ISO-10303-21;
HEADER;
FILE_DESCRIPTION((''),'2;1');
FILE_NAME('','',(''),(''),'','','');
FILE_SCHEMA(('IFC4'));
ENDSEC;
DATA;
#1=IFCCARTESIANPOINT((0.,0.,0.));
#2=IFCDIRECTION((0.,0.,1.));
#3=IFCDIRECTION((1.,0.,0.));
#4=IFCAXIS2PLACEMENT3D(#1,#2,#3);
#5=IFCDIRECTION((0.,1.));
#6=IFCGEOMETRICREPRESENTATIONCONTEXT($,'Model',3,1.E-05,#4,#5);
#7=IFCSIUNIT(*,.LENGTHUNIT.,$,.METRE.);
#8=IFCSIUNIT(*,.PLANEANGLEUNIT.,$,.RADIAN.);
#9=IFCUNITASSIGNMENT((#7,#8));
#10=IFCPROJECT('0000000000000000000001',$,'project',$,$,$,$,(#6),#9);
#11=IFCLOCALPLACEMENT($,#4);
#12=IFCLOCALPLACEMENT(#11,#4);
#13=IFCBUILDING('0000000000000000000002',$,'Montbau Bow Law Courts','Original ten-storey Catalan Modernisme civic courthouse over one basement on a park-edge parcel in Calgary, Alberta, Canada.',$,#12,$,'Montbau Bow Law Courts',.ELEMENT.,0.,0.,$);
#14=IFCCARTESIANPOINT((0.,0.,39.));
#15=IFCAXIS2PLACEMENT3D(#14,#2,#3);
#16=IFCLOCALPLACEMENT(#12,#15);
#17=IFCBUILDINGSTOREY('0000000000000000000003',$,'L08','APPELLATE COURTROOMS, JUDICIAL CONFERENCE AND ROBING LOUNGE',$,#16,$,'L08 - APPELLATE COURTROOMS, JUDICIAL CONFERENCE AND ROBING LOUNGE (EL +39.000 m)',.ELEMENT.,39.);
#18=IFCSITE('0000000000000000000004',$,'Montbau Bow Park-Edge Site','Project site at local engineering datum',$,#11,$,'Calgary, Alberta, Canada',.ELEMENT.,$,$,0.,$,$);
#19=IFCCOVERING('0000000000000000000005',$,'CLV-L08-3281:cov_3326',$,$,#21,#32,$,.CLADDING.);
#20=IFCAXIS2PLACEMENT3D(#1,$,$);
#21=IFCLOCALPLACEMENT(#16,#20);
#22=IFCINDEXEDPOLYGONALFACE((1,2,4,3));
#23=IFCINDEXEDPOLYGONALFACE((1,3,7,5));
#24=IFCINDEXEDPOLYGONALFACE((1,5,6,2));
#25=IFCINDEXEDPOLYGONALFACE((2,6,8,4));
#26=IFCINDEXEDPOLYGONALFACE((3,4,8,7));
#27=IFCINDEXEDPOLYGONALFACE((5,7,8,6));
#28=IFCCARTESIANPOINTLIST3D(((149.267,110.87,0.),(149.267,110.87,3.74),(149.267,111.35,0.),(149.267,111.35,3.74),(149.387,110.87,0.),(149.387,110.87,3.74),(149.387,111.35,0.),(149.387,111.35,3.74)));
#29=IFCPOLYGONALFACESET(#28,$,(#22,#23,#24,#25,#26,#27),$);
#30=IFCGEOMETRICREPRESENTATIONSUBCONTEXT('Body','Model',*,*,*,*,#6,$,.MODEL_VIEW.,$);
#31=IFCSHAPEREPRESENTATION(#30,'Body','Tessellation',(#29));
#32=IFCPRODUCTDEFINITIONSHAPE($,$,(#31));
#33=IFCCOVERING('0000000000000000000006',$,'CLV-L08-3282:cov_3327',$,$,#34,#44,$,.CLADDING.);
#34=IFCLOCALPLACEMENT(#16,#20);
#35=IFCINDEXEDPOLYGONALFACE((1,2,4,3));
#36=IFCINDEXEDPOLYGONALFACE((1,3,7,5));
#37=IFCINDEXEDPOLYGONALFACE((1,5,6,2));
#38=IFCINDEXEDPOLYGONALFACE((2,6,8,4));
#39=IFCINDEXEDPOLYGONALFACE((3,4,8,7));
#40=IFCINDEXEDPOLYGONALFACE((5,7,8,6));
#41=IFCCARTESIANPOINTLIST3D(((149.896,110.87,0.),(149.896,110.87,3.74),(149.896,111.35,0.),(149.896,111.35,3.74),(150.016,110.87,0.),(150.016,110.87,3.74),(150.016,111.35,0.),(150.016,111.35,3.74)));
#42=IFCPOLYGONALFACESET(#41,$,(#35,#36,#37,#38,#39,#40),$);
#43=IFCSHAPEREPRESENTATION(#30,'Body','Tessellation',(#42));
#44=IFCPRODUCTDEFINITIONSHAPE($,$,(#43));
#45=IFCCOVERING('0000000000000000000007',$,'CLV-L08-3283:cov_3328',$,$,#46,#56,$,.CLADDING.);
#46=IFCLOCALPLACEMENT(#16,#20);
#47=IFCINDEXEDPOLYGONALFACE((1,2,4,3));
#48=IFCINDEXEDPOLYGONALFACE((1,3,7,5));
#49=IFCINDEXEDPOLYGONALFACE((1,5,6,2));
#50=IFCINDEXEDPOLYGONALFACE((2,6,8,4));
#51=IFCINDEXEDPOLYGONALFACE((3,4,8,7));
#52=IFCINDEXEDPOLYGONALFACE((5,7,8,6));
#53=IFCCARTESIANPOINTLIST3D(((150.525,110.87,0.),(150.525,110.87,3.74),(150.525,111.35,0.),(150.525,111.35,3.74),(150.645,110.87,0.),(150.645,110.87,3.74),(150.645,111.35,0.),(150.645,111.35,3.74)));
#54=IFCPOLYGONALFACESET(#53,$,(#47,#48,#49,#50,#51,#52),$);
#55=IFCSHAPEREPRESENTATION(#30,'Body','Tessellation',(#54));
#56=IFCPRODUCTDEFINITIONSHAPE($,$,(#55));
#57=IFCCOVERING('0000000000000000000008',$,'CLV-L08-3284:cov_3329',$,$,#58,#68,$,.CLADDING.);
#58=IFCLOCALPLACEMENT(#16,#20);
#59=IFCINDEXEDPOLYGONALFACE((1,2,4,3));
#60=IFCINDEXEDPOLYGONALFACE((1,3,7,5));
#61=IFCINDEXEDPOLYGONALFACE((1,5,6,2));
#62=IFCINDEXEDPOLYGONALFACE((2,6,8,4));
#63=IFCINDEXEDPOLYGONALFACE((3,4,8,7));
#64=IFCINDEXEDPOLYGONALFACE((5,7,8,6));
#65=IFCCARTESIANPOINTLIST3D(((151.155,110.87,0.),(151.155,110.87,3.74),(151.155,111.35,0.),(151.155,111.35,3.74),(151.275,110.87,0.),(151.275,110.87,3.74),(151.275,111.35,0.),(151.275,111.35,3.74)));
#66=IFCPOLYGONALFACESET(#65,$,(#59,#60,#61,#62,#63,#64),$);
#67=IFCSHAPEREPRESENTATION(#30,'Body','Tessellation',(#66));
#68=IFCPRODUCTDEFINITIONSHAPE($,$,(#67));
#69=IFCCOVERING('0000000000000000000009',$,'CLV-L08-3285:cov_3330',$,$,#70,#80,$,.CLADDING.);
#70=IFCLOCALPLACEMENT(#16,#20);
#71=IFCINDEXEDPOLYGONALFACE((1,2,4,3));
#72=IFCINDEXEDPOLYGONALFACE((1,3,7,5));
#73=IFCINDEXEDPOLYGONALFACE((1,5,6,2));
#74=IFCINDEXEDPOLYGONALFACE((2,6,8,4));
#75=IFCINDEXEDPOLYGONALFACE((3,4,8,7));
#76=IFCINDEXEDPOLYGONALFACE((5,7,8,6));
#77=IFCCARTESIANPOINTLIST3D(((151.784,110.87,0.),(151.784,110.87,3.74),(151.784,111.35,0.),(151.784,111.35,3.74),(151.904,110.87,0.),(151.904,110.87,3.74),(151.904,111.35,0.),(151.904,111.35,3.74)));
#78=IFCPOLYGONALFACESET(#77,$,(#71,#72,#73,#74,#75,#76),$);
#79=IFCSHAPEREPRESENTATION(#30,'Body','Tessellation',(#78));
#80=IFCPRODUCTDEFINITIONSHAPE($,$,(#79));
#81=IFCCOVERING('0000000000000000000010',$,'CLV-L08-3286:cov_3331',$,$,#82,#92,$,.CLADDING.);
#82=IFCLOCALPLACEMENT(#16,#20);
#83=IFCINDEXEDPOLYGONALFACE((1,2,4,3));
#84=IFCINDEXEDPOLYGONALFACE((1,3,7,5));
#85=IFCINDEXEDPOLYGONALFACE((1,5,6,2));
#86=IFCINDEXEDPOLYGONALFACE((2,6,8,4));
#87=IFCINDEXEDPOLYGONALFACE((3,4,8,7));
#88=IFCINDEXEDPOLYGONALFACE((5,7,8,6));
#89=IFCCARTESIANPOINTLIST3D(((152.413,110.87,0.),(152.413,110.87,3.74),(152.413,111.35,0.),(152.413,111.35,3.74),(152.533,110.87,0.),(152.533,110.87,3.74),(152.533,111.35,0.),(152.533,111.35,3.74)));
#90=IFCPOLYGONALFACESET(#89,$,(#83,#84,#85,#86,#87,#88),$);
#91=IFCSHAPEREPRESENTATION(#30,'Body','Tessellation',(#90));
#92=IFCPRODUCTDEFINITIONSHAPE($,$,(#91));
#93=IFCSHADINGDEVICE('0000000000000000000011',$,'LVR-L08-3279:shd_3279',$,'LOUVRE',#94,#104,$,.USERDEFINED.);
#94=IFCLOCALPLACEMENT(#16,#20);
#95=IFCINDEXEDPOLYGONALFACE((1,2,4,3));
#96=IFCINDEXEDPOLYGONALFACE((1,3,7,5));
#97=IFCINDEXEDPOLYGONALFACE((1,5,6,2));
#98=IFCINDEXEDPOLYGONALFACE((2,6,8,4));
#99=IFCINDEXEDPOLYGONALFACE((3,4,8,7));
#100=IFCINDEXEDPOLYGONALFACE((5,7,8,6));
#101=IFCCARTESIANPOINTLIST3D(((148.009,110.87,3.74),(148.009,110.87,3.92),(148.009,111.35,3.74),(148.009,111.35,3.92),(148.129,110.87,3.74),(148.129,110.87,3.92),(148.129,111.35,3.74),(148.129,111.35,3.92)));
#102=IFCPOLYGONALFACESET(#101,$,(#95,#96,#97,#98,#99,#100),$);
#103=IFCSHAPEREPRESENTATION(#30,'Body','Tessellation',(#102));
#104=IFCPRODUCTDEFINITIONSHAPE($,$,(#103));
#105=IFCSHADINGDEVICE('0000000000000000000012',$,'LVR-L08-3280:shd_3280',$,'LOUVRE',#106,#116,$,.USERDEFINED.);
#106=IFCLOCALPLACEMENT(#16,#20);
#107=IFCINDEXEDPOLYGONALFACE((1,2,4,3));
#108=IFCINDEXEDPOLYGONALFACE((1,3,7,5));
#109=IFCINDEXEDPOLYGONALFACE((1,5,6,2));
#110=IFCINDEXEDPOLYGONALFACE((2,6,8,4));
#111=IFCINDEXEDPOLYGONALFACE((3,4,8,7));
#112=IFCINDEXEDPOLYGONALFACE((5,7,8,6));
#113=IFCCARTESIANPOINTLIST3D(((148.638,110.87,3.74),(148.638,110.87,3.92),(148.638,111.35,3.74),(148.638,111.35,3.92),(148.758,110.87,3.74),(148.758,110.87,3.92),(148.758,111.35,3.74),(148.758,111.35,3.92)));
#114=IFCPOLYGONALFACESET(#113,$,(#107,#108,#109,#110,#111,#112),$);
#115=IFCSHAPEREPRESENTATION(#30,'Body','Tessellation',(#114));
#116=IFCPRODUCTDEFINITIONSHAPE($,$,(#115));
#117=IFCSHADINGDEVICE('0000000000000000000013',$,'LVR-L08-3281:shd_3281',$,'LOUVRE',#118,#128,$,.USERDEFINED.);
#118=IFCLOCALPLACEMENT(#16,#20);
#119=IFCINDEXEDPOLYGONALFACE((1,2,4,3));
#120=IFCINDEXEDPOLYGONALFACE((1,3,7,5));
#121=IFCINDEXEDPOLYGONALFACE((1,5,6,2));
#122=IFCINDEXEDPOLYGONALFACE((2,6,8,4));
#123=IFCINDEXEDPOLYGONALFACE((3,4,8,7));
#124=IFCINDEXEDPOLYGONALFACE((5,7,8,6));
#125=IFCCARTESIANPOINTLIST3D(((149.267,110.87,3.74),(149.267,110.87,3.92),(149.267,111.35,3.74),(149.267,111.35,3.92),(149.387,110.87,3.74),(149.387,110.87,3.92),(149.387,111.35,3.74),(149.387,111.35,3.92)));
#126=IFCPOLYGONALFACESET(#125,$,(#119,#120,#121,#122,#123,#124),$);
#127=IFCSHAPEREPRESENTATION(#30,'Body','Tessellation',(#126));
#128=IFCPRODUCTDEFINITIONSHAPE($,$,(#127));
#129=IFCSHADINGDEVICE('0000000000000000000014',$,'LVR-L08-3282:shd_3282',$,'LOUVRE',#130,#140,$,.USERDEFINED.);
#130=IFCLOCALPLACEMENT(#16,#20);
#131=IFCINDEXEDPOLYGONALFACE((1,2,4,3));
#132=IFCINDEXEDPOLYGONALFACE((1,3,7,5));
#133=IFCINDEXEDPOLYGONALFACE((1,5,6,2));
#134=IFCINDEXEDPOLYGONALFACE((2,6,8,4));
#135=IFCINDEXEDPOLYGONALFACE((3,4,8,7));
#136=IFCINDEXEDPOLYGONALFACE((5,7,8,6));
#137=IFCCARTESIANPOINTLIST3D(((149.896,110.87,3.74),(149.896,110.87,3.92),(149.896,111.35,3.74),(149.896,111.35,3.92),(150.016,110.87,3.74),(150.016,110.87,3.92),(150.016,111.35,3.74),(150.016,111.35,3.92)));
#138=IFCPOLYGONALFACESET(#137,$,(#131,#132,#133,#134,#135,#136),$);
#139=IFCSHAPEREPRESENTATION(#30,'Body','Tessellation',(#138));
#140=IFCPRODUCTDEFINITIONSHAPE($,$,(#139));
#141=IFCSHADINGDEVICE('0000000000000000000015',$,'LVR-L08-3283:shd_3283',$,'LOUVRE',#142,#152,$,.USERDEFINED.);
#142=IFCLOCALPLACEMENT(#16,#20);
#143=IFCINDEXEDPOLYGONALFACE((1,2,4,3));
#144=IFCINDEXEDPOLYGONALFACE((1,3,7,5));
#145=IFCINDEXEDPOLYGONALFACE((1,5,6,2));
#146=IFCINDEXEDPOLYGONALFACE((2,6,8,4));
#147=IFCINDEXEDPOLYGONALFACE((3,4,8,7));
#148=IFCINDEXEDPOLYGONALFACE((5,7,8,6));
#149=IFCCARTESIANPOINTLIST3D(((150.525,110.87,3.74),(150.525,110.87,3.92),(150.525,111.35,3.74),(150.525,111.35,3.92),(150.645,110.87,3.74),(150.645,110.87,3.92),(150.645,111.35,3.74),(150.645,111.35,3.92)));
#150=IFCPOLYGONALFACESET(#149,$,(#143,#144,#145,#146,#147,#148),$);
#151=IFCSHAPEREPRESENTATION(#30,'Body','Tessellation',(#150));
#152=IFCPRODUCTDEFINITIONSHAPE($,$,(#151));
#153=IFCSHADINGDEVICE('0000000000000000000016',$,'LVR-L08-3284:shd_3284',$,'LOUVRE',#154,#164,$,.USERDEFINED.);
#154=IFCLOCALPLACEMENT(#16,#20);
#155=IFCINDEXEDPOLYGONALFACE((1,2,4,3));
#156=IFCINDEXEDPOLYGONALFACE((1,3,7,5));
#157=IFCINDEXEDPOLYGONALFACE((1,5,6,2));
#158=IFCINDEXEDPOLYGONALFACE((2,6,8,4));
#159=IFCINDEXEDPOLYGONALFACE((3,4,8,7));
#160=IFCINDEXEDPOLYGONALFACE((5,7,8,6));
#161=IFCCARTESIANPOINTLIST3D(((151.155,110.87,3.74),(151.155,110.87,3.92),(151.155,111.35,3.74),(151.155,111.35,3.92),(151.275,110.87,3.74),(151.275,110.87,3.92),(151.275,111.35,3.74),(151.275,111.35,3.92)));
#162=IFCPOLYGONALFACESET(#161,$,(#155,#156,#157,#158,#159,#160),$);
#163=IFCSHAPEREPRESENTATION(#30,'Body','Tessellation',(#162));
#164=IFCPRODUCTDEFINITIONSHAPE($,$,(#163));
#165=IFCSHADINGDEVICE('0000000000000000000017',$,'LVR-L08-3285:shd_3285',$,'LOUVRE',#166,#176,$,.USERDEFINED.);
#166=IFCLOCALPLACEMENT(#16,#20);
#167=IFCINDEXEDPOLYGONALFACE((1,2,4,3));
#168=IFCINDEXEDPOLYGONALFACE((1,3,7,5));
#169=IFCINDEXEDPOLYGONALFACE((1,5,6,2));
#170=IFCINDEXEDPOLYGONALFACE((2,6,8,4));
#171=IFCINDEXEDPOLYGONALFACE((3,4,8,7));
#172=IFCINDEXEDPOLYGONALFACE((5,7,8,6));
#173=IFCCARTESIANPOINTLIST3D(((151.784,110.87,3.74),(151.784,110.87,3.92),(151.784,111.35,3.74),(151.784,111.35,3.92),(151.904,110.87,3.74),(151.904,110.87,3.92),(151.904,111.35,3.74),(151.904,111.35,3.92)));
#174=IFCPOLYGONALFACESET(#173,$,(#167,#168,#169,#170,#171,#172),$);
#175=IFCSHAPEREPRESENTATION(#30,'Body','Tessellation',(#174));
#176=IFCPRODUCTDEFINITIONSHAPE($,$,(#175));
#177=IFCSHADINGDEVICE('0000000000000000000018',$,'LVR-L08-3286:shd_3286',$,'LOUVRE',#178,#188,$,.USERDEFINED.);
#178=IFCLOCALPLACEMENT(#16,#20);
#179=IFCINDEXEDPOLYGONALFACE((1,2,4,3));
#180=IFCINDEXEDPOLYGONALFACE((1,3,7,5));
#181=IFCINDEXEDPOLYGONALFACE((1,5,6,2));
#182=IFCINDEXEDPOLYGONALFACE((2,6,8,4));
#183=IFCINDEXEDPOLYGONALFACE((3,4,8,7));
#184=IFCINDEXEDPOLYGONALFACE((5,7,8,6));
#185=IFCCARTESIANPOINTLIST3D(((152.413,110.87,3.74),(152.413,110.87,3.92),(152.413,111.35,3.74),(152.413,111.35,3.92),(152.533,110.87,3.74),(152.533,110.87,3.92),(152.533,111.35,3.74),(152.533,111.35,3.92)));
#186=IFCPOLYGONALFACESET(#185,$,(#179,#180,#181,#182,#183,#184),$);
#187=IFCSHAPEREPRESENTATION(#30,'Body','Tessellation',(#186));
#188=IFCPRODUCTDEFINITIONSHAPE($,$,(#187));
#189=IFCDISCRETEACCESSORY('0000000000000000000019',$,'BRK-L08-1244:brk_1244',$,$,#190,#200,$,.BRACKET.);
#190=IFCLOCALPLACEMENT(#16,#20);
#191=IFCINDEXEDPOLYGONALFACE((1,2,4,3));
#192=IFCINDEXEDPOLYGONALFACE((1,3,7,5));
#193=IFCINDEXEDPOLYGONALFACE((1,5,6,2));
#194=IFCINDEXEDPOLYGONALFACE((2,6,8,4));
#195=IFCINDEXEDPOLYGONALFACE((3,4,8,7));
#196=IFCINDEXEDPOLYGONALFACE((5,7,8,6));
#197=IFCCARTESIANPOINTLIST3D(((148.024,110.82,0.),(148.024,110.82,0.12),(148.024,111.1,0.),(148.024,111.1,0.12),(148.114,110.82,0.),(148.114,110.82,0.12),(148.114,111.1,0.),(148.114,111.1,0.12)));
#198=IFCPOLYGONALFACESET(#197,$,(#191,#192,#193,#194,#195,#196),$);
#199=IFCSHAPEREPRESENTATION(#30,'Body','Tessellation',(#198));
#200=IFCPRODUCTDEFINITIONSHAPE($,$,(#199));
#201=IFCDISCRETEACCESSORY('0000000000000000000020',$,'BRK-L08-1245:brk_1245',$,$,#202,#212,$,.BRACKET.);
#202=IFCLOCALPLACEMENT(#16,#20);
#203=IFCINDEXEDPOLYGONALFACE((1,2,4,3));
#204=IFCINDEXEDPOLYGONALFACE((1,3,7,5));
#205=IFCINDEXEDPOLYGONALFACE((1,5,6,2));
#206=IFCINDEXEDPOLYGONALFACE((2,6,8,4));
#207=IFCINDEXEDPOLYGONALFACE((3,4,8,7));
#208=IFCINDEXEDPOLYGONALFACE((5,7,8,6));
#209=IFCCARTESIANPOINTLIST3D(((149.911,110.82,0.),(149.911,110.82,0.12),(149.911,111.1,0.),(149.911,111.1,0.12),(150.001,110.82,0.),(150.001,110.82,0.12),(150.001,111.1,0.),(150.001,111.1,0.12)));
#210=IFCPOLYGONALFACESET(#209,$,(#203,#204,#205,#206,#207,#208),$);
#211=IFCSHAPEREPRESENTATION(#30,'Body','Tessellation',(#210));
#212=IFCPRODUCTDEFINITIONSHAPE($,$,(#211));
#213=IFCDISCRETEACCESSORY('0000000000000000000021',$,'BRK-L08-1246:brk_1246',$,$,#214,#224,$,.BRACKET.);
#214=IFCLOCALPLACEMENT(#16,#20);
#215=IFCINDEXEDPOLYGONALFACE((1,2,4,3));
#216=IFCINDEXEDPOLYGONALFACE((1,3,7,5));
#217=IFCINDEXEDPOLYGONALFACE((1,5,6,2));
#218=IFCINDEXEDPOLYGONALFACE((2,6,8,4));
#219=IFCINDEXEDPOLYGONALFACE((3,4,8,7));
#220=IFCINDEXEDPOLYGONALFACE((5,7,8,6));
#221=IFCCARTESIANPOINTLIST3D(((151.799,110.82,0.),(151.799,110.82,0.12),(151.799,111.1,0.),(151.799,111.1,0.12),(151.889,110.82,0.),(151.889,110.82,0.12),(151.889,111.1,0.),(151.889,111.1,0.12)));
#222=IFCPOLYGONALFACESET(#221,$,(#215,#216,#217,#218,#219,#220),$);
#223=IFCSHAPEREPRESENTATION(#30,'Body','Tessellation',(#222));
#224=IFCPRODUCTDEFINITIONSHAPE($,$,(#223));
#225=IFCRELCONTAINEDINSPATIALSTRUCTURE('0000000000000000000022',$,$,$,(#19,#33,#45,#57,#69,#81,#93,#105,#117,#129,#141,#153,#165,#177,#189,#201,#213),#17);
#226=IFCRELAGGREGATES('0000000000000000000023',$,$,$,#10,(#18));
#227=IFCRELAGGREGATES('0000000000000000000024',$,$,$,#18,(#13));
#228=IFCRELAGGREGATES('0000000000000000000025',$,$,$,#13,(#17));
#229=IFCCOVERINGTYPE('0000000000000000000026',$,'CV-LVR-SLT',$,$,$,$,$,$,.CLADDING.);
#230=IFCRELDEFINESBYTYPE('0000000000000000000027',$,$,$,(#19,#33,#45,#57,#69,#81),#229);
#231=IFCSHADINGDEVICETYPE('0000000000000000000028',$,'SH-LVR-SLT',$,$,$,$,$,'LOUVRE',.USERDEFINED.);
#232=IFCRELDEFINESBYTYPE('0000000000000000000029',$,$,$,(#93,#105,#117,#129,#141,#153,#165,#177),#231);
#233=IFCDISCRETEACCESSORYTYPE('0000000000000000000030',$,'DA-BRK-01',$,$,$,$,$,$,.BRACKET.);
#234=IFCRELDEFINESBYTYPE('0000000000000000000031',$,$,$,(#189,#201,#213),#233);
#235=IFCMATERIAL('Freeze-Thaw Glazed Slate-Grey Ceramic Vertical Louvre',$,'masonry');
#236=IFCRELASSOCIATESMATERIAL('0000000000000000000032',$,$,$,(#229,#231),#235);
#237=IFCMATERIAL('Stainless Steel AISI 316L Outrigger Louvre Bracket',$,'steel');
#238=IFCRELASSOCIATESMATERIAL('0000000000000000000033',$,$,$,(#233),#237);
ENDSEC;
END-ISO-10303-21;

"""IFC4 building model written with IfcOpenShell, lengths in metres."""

from ifc_helpers import new_model, si_unit, direction, frame, frame_2d, origin_with_axes, origin_2d_with_axis, place, context, subcontext, project, spatial, rectangle, extrude, material, type_object, element, save


model = new_model("IFC4")

# Units and contexts
model_context = context("Model", 3, precision=1e-05, world=origin_with_axes(), true_north=direction((0.0, 1.0)))
body_context = subcontext(model_context, "Body", "Model", "MODEL_VIEW")
ifc_project = project(units=[si_unit("LENGTHUNIT", "METRE"), si_unit("PLANEANGLEUNIT", "RADIAN")], contexts=[model_context])

# Site, building, storey
site_placement = place(None, origin_with_axes())
site = spatial("IfcSite", under=ifc_project, at=site_placement, Name="Montbau Bow Park-Edge Site", Description="Project site at local engineering datum", LongName="Calgary, Alberta, Canada", CompositionType="ELEMENT", RefElevation=0.0)
building_placement = place(site_placement, origin_with_axes())
building = spatial("IfcBuilding", under=site, at=building_placement, Name="Montbau Bow Law Courts", Description="Original ten-storey Catalan Modernisme civic courthouse over one basement on a park-edge parcel in Calgary, Alberta, Canada.", LongName="Montbau Bow Law Courts", CompositionType="ELEMENT", ElevationOfRefHeight=0.0, ElevationOfTerrain=0.0)
storey_placement = place(building_placement, frame((0.0, 0.0, 39.0), z_axis=(0.0, 0.0, 1.0), x_axis=(1.0, 0.0, 0.0)))
storey = spatial("IfcBuildingStorey", under=building, at=storey_placement, Name="L08", Description="APPELLATE COURTROOMS, JUDICIAL CONFERENCE AND ROBING LOUNGE", LongName="L08 - APPELLATE COURTROOMS, JUDICIAL CONFERENCE AND ROBING LOUNGE (EL +39.000 m)", CompositionType="ELEMENT", Elevation=39.0)

# Coverings
ifc_material_1 = material(Name="Freeze-Thaw Glazed Slate-Grey Ceramic Vertical Louvre", Category="masonry")
covering_type = type_object("IfcCoveringType", Name="CV-LVR-SLT", PredefinedType="CLADDING", material=ifc_material_1)
for number, where, z_axis, x_axis, name in (
    (1, (149.327, 110.87, 39.0), (1.0, 0.0, 0.0), (0.0, 1.0, 0.0), "CLV-L08-3281:cov_3326"),
    (2, (149.956, 110.87, 39.0), (1.0, 0.0, 0.0), (0.0, 1.0, 0.0), "CLV-L08-3282:cov_3327"),
    (3, (150.585, 110.87, 39.0), (1.0, 0.0, 0.0), (0.0, 1.0, 0.0), "CLV-L08-3283:cov_3328"),
    (4, (151.215, 110.87, 39.0), (1.0, 0.0, 0.0), (0.0, 1.0, 0.0), "CLV-L08-3284:cov_3329"),
    (5, (151.844, 110.87, 39.0), (1.0, 0.0, 0.0), (0.0, 1.0, 0.0), "CLV-L08-3285:cov_3330"),
    (6, (152.473, 110.87, 39.0), (1.0, 0.0, 0.0), (0.0, 1.0, 0.0), "CLV-L08-3286:cov_3331"),
):
    element("IfcCovering", number, at=place(None, frame(where, z_axis=z_axis, x_axis=x_axis)), inside=storey, type_object=covering_type, Name=name, PredefinedType="CLADDING", context=body_context, shape_type="SweptSolid", body=[
        extrude(rectangle(XDim=0.48, YDim=3.74, at=frame_2d((0.24, 1.87), x_axis=(1.0, 0.0))), frame((0.0, 0.0, -0.06), z_axis=(0.0, 0.0, 1.0), x_axis=(1.0, 0.0, 0.0)), (0.0, 0.0, 1.0), 0.12),
    ])

# Shading devices
shading_device_type = type_object("IfcShadingDeviceType", Name="SH-LVR-SLT", ElementType="LOUVRE", PredefinedType="USERDEFINED", material=ifc_material_1)
for number, where, z_axis, x_axis, name in (
    (7, (148.069, 111.11, 42.74), (0.0, 0.0, 1.0), (0.0, 1.0, 0.0), "LVR-L08-3279:shd_3279"),
    (8, (148.698, 111.11, 42.74), (0.0, 0.0, 1.0), (0.0, 1.0, 0.0), "LVR-L08-3280:shd_3280"),
    (9, (149.327, 111.11, 42.74), (0.0, 0.0, 1.0), (0.0, 1.0, 0.0), "LVR-L08-3281:shd_3281"),
    (10, (149.956, 111.11, 42.74), (0.0, 0.0, 1.0), (0.0, 1.0, 0.0), "LVR-L08-3282:shd_3282"),
    (11, (150.585, 111.11, 42.74), (0.0, 0.0, 1.0), (0.0, 1.0, 0.0), "LVR-L08-3283:shd_3283"),
    (12, (151.215, 111.11, 42.74), (0.0, 0.0, 1.0), (0.0, 1.0, 0.0), "LVR-L08-3284:shd_3284"),
    (13, (151.844, 111.11, 42.74), (0.0, 0.0, 1.0), (0.0, 1.0, 0.0), "LVR-L08-3285:shd_3285"),
    (14, (152.473, 111.11, 42.74), (0.0, 0.0, 1.0), (0.0, 1.0, 0.0), "LVR-L08-3286:shd_3286"),
):
    element("IfcShadingDevice", number, at=place(None, frame(where, z_axis=z_axis, x_axis=x_axis)), inside=storey, type_object=shading_device_type, Name=name, ObjectType="LOUVRE", PredefinedType="USERDEFINED", context=body_context, shape_type="SweptSolid", body=[
        extrude(rectangle(XDim=0.48, YDim=0.12, at=origin_2d_with_axis()), origin_with_axes(), (0.0, 0.0, 1.0), 0.18),
    ])

# Discrete accessories
ifc_material_2 = material(Name="Stainless Steel AISI 316L Outrigger Louvre Bracket", Category="steel")
discrete_accessory_type = type_object("IfcDiscreteAccessoryType", Name="DA-BRK-01", PredefinedType="BRACKET", material=ifc_material_2)
for number, where, z_axis, x_axis, name in (
    (15, (148.069, 110.96, 39.0), (0.0, 0.0, 1.0), (0.0, 1.0, 0.0), "BRK-L08-1244:brk_1244"),
    (16, (149.956, 110.96, 39.0), (0.0, 0.0, 1.0), (0.0, 1.0, 0.0), "BRK-L08-1245:brk_1245"),
    (17, (151.844, 110.96, 39.0), (0.0, 0.0, 1.0), (0.0, 1.0, 0.0), "BRK-L08-1246:brk_1246"),
):
    element("IfcDiscreteAccessory", number, at=place(None, frame(where, z_axis=z_axis, x_axis=x_axis)), inside=storey, type_object=discrete_accessory_type, Name=name, PredefinedType="BRACKET", context=body_context, shape_type="SweptSolid", body=[
        extrude(rectangle(XDim=0.28, YDim=0.09, at=origin_2d_with_axis()), origin_with_axes(), (0.0, 0.0, 1.0), 0.12),
    ])

save(model, "model.ifc")
